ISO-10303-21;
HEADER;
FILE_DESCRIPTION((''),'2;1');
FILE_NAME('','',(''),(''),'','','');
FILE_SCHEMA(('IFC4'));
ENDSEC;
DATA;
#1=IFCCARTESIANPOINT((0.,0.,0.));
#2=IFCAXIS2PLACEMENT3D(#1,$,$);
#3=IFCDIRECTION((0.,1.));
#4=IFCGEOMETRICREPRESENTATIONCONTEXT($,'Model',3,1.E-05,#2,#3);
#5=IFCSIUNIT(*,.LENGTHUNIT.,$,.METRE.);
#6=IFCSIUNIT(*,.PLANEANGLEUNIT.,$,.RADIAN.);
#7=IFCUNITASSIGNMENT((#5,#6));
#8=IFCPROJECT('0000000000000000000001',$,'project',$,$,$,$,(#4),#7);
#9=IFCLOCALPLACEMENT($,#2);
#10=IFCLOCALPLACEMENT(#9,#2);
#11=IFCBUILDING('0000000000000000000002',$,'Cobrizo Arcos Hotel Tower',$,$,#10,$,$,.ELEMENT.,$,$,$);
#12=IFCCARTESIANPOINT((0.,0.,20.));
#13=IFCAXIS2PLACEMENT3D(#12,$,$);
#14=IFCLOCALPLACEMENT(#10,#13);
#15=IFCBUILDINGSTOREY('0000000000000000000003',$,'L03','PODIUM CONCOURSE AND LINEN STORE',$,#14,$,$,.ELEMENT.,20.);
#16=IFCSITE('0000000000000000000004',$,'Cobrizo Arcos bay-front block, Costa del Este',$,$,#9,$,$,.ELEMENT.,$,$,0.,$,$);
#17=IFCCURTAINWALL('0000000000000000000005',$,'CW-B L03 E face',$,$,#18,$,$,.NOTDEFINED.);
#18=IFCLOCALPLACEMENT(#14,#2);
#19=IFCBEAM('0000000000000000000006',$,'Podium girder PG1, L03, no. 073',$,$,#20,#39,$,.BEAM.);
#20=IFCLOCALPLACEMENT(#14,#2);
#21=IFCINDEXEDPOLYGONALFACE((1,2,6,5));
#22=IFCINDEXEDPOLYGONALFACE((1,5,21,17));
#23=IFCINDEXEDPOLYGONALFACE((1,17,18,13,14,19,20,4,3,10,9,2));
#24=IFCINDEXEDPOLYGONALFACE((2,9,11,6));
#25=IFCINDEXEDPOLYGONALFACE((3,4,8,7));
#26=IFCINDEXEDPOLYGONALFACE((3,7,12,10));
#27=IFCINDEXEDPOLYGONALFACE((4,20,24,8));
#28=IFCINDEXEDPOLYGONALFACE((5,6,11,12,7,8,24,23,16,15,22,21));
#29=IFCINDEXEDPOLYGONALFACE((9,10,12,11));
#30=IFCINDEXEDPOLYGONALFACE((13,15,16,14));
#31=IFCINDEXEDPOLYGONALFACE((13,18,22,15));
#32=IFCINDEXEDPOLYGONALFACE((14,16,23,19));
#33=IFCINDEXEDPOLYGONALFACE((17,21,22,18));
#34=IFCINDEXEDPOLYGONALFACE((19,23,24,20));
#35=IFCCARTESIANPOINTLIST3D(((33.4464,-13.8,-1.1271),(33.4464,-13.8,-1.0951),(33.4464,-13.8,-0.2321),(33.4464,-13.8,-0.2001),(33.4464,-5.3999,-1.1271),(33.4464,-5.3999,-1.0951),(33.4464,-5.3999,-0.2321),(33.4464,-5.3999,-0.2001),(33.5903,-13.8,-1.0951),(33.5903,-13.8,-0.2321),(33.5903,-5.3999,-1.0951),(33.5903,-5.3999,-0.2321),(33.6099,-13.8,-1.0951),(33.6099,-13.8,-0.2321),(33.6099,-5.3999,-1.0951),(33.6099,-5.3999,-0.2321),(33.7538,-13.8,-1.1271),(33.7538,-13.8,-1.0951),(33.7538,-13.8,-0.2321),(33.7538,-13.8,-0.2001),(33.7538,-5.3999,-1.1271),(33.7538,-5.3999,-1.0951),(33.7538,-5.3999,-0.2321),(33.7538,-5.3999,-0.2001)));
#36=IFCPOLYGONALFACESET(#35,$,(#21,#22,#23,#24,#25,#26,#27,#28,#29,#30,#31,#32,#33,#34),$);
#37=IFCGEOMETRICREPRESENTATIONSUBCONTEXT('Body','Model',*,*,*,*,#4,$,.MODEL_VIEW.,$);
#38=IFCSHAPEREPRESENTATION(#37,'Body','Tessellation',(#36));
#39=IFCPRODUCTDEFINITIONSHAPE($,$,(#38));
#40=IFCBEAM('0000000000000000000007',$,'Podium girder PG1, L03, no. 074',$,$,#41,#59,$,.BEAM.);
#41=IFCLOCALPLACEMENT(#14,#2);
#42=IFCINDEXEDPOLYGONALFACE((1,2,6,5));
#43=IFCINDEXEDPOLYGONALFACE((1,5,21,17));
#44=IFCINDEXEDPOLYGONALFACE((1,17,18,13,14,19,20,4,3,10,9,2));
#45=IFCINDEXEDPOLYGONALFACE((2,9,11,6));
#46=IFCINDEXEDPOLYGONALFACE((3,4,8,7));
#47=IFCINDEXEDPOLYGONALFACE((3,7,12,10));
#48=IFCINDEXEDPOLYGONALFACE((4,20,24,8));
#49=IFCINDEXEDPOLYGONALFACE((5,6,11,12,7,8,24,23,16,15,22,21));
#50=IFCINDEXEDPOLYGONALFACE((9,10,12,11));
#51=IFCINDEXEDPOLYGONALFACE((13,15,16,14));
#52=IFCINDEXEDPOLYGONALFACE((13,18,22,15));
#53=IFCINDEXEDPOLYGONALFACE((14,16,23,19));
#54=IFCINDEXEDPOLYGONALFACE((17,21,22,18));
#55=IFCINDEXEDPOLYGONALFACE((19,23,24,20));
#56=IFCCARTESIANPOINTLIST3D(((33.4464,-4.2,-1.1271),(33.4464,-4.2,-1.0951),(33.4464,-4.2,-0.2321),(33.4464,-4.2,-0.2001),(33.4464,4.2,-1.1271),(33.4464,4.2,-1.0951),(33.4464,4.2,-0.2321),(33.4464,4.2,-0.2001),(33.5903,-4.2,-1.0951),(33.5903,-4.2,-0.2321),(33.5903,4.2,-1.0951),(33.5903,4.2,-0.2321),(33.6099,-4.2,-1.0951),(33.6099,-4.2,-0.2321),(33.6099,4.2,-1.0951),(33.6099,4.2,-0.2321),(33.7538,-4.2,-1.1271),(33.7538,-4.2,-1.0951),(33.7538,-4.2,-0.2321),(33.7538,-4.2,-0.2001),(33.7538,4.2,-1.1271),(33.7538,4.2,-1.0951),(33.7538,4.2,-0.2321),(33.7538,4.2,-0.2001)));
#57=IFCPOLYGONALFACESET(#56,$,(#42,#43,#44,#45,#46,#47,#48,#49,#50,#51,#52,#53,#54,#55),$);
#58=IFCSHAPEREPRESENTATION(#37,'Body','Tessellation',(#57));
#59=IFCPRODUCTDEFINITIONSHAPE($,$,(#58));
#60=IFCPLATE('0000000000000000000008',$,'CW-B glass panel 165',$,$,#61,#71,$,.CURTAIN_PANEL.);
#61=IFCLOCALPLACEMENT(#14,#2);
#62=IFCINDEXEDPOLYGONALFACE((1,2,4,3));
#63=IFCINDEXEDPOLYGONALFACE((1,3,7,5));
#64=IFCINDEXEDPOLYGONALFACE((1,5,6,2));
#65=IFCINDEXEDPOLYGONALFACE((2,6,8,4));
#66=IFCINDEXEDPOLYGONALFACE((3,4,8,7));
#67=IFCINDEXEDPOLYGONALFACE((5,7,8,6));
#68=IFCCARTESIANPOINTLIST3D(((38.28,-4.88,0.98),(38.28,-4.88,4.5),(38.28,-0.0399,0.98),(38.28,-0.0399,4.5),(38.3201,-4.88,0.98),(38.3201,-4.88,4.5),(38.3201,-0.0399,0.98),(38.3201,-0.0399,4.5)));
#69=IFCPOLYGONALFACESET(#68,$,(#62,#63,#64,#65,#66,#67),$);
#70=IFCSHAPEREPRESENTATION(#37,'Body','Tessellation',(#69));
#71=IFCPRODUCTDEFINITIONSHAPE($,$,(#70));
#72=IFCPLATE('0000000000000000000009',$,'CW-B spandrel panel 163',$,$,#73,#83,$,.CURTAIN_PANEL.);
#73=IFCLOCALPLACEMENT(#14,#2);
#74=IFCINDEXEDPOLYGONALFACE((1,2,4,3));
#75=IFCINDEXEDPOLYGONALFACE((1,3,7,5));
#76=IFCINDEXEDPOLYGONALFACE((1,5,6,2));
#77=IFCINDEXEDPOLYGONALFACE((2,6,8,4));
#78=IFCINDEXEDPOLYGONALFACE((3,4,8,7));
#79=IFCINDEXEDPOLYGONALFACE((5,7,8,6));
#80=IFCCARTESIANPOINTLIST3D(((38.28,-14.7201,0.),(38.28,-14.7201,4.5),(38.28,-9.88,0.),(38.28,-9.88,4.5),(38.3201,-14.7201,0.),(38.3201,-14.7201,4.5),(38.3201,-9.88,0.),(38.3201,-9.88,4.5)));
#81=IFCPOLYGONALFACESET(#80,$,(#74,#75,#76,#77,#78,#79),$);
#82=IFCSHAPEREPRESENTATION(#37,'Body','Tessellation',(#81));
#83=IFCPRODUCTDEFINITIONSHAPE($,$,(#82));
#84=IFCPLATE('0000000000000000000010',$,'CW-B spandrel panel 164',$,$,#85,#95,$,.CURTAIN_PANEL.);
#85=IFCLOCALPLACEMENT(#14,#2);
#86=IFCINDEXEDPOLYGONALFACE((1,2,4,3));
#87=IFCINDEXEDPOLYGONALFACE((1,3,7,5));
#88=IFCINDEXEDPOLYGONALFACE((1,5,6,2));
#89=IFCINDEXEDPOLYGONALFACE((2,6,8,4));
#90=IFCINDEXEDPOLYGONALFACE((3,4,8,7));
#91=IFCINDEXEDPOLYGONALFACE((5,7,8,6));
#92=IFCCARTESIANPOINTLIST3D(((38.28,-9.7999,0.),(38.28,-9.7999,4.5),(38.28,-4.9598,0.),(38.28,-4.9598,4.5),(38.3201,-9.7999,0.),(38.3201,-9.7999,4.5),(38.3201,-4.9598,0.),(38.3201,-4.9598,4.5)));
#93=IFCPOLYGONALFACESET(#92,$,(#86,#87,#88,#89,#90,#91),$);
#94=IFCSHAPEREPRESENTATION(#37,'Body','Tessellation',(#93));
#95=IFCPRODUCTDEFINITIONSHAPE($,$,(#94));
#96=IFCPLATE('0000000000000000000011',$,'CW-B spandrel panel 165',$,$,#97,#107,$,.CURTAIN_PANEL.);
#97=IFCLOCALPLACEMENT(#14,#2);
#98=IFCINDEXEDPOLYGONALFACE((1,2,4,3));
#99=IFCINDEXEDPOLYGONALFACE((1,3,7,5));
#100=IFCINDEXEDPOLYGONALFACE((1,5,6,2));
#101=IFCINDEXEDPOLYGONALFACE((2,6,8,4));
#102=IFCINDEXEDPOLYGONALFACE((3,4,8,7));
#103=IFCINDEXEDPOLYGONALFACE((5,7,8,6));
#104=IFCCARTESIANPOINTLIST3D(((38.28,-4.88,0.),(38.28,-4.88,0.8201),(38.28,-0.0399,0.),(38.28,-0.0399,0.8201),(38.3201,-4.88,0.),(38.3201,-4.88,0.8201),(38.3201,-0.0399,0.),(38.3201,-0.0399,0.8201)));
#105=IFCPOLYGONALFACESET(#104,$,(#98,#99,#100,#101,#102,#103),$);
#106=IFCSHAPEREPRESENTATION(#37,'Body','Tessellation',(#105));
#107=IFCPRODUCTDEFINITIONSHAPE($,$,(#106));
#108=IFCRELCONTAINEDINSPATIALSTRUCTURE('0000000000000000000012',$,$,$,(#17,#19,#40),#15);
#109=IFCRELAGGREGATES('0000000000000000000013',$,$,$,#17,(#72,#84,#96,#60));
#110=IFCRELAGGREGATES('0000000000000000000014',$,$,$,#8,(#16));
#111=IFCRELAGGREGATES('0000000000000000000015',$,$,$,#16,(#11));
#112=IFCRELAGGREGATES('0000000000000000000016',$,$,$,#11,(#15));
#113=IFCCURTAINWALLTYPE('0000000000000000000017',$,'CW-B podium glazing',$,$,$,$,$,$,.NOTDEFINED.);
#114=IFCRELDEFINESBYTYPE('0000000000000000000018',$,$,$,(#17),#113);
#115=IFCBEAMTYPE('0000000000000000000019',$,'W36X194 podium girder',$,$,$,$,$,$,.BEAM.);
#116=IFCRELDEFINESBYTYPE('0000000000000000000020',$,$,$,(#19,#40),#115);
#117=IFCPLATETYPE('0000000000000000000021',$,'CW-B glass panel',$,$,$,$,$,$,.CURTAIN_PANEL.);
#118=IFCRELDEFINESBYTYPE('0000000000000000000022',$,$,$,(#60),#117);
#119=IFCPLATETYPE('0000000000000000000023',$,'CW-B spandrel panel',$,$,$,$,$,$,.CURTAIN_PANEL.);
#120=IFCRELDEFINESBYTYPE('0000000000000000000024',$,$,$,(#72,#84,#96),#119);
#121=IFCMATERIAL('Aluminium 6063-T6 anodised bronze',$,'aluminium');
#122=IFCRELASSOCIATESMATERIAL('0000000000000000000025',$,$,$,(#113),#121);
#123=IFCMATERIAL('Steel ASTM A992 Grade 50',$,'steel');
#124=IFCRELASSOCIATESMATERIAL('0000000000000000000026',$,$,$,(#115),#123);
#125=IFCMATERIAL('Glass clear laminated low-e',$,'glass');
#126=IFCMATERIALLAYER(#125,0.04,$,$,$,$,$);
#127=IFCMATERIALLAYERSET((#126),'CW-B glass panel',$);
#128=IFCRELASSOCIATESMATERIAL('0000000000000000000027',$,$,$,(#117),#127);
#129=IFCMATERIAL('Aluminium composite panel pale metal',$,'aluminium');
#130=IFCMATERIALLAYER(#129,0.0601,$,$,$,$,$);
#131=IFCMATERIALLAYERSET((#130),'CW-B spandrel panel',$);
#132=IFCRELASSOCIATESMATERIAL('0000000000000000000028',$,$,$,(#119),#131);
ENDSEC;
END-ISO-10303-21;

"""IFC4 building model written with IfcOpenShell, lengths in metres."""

from ifc_helpers import new_model, si_unit, direction, frame, origin, origin_2d, place, context, subcontext, project, spatial, rectangle, i_section, extrude, material, layer, layer_set, material_profile, profile_set, type_object, element, aggregate, save


model = new_model("IFC4")

# Units and contexts
model_context = context("Model", 3, precision=1e-05, world=origin(), true_north=direction((0.0, 1.0)))
body_context = subcontext(model_context, "Body", "Model", "MODEL_VIEW")
ifc_project = project(units=[si_unit("LENGTHUNIT", "METRE"), si_unit("PLANEANGLEUNIT", "RADIAN")], contexts=[model_context])

# Site, building, storey
site_placement = place(None, origin())
site = spatial("IfcSite", under=ifc_project, at=site_placement, Name="Cobrizo Arcos bay-front block, Costa del Este", CompositionType="ELEMENT", RefElevation=0.0)
building_placement = place(site_placement, origin())
building = spatial("IfcBuilding", under=site, at=building_placement, Name="Cobrizo Arcos Hotel Tower", CompositionType="ELEMENT")
storey_placement = place(building_placement, frame((0.0, 0.0, 20.0)))
storey = spatial("IfcBuildingStorey", under=building, at=storey_placement, Name="L03", Description="PODIUM CONCOURSE AND LINEN STORE", CompositionType="ELEMENT", Elevation=20.0)

# Curtain wall
ifc_material_1 = material(Name="Aluminium 6063-T6 anodised bronze", Category="aluminium")
curtain_wall_type = type_object("IfcCurtainWallType", Name="CW-B podium glazing", PredefinedType="NOTDEFINED", material=ifc_material_1)
curtain_wall_placement = place(storey_placement, origin())
curtain_wall = element("IfcCurtainWall", 1, at=curtain_wall_placement, inside=storey, type_object=curtain_wall_type, Name="CW-B L03 E face", PredefinedType="NOTDEFINED")

# Beams
ifc_material_2 = material(Name="Steel ASTM A992 Grade 50", Category="steel")
ifc_material_profile_1 = material_profile(ifc_material_2, i_section(OverallWidth=0.3074, OverallDepth=0.927, WebThickness=0.0195, FlangeThickness=0.032, at=origin_2d()), Name="W36X194")
ifc_profile_set_1 = profile_set([ifc_material_profile_1], Name="Steel ASTM A992 Grade 50")
beam_type_1 = type_object("IfcBeamType", Name="W36X194 podium girder", PredefinedType="BEAM", material=ifc_profile_set_1)
beam_1_placement = place(storey_placement, frame((33.6001, -13.8, -0.6636), z_axis=(0.0, 1.0, 0.0), x_axis=(-1.0, 0.0, 0.0)))
element("IfcBeam", 2, at=beam_1_placement, inside=storey, type_object=beam_type_1, Name="Podium girder PG1, L03, no. 073", PredefinedType="BEAM", context=body_context, shape_type="SweptSolid", body=[
    extrude(i_section(OverallWidth=0.3074, OverallDepth=0.927, WebThickness=0.0195, FlangeThickness=0.032, at=origin_2d()), origin(), (0.0, 0.0, 1.0), 8.4001),
])
beam_2_placement = place(storey_placement, frame((33.6001, -4.2, -0.6636), z_axis=(0.0, 1.0, 0.0), x_axis=(-1.0, 0.0, 0.0)))
element("IfcBeam", 3, at=beam_2_placement, inside=storey, type_object=beam_type_1, Name="Podium girder PG1, L03, no. 074", PredefinedType="BEAM", context=body_context, shape_type="SweptSolid", body=[
    extrude(i_section(OverallWidth=0.3074, OverallDepth=0.927, WebThickness=0.0195, FlangeThickness=0.032, at=origin_2d()), origin(), (0.0, 0.0, 1.0), 8.3999),
])

# Plates
ifc_material_3 = material(Name="Glass clear laminated low-e", Category="glass")
ifc_layer_1 = layer(ifc_material_3, 0.04)
ifc_layer_set_1 = layer_set([ifc_layer_1], Name="CW-B glass panel")
plate_type_1 = type_object("IfcPlateType", Name="CW-B glass panel", PredefinedType="CURTAIN_PANEL", material=ifc_layer_set_1)
plate_1_placement = place(storey_placement, frame((38.3, -2.46, 0.98), z_axis=(0.0, 0.0, 1.0), x_axis=(0.0, 1.0, 0.0)))
plate_1 = element("IfcPlate", 4, at=plate_1_placement, type_object=plate_type_1, Name="CW-B glass panel 165", PredefinedType="CURTAIN_PANEL", context=body_context, shape_type="SweptSolid", body=[
    extrude(rectangle(XDim=4.8401, YDim=0.04, at=origin_2d()), origin(), (0.0, 0.0, 1.0), 3.52),
])
ifc_material_4 = material(Name="Aluminium composite panel pale metal", Category="aluminium")
ifc_layer_2 = layer(ifc_material_4, 0.0601)
ifc_layer_set_2 = layer_set([ifc_layer_2], Name="CW-B spandrel panel")
plate_type_2 = type_object("IfcPlateType", Name="CW-B spandrel panel", PredefinedType="CURTAIN_PANEL", material=ifc_layer_set_2)
plate_2_placement = place(storey_placement, frame((38.3, -12.3, 0.0), z_axis=(0.0, 0.0, 1.0), x_axis=(0.0, 1.0, 0.0)))
plate_2 = element("IfcPlate", 5, at=plate_2_placement, type_object=plate_type_2, Name="CW-B spandrel panel 163", PredefinedType="CURTAIN_PANEL", context=body_context, shape_type="SweptSolid", body=[
    extrude(rectangle(XDim=4.8401, YDim=0.04, at=origin_2d()), origin(), (0.0, 0.0, 1.0), 4.5),
])
plate_3_placement = place(storey_placement, frame((38.3, -7.3799, 0.0), z_axis=(0.0, 0.0, 1.0), x_axis=(0.0, 1.0, 0.0)))
plate_3 = element("IfcPlate", 6, at=plate_3_placement, type_object=plate_type_2, Name="CW-B spandrel panel 164", PredefinedType="CURTAIN_PANEL", context=body_context, shape_type="SweptSolid", body=[
    extrude(rectangle(XDim=4.8401, YDim=0.04, at=origin_2d()), origin(), (0.0, 0.0, 1.0), 4.5),
])
plate_4_placement = place(storey_placement, frame((38.3, -2.46, 0.0), z_axis=(0.0, 0.0, 1.0), x_axis=(0.0, 1.0, 0.0)))
plate_4 = element("IfcPlate", 7, at=plate_4_placement, type_object=plate_type_2, Name="CW-B spandrel panel 165", PredefinedType="CURTAIN_PANEL", context=body_context, shape_type="SweptSolid", body=[
    extrude(rectangle(XDim=4.8401, YDim=0.04, at=origin_2d()), origin(), (0.0, 0.0, 1.0), 0.8201),
])
aggregate(curtain_wall, [plate_2, plate_3, plate_4, plate_1])

save(model, "model.ifc")
